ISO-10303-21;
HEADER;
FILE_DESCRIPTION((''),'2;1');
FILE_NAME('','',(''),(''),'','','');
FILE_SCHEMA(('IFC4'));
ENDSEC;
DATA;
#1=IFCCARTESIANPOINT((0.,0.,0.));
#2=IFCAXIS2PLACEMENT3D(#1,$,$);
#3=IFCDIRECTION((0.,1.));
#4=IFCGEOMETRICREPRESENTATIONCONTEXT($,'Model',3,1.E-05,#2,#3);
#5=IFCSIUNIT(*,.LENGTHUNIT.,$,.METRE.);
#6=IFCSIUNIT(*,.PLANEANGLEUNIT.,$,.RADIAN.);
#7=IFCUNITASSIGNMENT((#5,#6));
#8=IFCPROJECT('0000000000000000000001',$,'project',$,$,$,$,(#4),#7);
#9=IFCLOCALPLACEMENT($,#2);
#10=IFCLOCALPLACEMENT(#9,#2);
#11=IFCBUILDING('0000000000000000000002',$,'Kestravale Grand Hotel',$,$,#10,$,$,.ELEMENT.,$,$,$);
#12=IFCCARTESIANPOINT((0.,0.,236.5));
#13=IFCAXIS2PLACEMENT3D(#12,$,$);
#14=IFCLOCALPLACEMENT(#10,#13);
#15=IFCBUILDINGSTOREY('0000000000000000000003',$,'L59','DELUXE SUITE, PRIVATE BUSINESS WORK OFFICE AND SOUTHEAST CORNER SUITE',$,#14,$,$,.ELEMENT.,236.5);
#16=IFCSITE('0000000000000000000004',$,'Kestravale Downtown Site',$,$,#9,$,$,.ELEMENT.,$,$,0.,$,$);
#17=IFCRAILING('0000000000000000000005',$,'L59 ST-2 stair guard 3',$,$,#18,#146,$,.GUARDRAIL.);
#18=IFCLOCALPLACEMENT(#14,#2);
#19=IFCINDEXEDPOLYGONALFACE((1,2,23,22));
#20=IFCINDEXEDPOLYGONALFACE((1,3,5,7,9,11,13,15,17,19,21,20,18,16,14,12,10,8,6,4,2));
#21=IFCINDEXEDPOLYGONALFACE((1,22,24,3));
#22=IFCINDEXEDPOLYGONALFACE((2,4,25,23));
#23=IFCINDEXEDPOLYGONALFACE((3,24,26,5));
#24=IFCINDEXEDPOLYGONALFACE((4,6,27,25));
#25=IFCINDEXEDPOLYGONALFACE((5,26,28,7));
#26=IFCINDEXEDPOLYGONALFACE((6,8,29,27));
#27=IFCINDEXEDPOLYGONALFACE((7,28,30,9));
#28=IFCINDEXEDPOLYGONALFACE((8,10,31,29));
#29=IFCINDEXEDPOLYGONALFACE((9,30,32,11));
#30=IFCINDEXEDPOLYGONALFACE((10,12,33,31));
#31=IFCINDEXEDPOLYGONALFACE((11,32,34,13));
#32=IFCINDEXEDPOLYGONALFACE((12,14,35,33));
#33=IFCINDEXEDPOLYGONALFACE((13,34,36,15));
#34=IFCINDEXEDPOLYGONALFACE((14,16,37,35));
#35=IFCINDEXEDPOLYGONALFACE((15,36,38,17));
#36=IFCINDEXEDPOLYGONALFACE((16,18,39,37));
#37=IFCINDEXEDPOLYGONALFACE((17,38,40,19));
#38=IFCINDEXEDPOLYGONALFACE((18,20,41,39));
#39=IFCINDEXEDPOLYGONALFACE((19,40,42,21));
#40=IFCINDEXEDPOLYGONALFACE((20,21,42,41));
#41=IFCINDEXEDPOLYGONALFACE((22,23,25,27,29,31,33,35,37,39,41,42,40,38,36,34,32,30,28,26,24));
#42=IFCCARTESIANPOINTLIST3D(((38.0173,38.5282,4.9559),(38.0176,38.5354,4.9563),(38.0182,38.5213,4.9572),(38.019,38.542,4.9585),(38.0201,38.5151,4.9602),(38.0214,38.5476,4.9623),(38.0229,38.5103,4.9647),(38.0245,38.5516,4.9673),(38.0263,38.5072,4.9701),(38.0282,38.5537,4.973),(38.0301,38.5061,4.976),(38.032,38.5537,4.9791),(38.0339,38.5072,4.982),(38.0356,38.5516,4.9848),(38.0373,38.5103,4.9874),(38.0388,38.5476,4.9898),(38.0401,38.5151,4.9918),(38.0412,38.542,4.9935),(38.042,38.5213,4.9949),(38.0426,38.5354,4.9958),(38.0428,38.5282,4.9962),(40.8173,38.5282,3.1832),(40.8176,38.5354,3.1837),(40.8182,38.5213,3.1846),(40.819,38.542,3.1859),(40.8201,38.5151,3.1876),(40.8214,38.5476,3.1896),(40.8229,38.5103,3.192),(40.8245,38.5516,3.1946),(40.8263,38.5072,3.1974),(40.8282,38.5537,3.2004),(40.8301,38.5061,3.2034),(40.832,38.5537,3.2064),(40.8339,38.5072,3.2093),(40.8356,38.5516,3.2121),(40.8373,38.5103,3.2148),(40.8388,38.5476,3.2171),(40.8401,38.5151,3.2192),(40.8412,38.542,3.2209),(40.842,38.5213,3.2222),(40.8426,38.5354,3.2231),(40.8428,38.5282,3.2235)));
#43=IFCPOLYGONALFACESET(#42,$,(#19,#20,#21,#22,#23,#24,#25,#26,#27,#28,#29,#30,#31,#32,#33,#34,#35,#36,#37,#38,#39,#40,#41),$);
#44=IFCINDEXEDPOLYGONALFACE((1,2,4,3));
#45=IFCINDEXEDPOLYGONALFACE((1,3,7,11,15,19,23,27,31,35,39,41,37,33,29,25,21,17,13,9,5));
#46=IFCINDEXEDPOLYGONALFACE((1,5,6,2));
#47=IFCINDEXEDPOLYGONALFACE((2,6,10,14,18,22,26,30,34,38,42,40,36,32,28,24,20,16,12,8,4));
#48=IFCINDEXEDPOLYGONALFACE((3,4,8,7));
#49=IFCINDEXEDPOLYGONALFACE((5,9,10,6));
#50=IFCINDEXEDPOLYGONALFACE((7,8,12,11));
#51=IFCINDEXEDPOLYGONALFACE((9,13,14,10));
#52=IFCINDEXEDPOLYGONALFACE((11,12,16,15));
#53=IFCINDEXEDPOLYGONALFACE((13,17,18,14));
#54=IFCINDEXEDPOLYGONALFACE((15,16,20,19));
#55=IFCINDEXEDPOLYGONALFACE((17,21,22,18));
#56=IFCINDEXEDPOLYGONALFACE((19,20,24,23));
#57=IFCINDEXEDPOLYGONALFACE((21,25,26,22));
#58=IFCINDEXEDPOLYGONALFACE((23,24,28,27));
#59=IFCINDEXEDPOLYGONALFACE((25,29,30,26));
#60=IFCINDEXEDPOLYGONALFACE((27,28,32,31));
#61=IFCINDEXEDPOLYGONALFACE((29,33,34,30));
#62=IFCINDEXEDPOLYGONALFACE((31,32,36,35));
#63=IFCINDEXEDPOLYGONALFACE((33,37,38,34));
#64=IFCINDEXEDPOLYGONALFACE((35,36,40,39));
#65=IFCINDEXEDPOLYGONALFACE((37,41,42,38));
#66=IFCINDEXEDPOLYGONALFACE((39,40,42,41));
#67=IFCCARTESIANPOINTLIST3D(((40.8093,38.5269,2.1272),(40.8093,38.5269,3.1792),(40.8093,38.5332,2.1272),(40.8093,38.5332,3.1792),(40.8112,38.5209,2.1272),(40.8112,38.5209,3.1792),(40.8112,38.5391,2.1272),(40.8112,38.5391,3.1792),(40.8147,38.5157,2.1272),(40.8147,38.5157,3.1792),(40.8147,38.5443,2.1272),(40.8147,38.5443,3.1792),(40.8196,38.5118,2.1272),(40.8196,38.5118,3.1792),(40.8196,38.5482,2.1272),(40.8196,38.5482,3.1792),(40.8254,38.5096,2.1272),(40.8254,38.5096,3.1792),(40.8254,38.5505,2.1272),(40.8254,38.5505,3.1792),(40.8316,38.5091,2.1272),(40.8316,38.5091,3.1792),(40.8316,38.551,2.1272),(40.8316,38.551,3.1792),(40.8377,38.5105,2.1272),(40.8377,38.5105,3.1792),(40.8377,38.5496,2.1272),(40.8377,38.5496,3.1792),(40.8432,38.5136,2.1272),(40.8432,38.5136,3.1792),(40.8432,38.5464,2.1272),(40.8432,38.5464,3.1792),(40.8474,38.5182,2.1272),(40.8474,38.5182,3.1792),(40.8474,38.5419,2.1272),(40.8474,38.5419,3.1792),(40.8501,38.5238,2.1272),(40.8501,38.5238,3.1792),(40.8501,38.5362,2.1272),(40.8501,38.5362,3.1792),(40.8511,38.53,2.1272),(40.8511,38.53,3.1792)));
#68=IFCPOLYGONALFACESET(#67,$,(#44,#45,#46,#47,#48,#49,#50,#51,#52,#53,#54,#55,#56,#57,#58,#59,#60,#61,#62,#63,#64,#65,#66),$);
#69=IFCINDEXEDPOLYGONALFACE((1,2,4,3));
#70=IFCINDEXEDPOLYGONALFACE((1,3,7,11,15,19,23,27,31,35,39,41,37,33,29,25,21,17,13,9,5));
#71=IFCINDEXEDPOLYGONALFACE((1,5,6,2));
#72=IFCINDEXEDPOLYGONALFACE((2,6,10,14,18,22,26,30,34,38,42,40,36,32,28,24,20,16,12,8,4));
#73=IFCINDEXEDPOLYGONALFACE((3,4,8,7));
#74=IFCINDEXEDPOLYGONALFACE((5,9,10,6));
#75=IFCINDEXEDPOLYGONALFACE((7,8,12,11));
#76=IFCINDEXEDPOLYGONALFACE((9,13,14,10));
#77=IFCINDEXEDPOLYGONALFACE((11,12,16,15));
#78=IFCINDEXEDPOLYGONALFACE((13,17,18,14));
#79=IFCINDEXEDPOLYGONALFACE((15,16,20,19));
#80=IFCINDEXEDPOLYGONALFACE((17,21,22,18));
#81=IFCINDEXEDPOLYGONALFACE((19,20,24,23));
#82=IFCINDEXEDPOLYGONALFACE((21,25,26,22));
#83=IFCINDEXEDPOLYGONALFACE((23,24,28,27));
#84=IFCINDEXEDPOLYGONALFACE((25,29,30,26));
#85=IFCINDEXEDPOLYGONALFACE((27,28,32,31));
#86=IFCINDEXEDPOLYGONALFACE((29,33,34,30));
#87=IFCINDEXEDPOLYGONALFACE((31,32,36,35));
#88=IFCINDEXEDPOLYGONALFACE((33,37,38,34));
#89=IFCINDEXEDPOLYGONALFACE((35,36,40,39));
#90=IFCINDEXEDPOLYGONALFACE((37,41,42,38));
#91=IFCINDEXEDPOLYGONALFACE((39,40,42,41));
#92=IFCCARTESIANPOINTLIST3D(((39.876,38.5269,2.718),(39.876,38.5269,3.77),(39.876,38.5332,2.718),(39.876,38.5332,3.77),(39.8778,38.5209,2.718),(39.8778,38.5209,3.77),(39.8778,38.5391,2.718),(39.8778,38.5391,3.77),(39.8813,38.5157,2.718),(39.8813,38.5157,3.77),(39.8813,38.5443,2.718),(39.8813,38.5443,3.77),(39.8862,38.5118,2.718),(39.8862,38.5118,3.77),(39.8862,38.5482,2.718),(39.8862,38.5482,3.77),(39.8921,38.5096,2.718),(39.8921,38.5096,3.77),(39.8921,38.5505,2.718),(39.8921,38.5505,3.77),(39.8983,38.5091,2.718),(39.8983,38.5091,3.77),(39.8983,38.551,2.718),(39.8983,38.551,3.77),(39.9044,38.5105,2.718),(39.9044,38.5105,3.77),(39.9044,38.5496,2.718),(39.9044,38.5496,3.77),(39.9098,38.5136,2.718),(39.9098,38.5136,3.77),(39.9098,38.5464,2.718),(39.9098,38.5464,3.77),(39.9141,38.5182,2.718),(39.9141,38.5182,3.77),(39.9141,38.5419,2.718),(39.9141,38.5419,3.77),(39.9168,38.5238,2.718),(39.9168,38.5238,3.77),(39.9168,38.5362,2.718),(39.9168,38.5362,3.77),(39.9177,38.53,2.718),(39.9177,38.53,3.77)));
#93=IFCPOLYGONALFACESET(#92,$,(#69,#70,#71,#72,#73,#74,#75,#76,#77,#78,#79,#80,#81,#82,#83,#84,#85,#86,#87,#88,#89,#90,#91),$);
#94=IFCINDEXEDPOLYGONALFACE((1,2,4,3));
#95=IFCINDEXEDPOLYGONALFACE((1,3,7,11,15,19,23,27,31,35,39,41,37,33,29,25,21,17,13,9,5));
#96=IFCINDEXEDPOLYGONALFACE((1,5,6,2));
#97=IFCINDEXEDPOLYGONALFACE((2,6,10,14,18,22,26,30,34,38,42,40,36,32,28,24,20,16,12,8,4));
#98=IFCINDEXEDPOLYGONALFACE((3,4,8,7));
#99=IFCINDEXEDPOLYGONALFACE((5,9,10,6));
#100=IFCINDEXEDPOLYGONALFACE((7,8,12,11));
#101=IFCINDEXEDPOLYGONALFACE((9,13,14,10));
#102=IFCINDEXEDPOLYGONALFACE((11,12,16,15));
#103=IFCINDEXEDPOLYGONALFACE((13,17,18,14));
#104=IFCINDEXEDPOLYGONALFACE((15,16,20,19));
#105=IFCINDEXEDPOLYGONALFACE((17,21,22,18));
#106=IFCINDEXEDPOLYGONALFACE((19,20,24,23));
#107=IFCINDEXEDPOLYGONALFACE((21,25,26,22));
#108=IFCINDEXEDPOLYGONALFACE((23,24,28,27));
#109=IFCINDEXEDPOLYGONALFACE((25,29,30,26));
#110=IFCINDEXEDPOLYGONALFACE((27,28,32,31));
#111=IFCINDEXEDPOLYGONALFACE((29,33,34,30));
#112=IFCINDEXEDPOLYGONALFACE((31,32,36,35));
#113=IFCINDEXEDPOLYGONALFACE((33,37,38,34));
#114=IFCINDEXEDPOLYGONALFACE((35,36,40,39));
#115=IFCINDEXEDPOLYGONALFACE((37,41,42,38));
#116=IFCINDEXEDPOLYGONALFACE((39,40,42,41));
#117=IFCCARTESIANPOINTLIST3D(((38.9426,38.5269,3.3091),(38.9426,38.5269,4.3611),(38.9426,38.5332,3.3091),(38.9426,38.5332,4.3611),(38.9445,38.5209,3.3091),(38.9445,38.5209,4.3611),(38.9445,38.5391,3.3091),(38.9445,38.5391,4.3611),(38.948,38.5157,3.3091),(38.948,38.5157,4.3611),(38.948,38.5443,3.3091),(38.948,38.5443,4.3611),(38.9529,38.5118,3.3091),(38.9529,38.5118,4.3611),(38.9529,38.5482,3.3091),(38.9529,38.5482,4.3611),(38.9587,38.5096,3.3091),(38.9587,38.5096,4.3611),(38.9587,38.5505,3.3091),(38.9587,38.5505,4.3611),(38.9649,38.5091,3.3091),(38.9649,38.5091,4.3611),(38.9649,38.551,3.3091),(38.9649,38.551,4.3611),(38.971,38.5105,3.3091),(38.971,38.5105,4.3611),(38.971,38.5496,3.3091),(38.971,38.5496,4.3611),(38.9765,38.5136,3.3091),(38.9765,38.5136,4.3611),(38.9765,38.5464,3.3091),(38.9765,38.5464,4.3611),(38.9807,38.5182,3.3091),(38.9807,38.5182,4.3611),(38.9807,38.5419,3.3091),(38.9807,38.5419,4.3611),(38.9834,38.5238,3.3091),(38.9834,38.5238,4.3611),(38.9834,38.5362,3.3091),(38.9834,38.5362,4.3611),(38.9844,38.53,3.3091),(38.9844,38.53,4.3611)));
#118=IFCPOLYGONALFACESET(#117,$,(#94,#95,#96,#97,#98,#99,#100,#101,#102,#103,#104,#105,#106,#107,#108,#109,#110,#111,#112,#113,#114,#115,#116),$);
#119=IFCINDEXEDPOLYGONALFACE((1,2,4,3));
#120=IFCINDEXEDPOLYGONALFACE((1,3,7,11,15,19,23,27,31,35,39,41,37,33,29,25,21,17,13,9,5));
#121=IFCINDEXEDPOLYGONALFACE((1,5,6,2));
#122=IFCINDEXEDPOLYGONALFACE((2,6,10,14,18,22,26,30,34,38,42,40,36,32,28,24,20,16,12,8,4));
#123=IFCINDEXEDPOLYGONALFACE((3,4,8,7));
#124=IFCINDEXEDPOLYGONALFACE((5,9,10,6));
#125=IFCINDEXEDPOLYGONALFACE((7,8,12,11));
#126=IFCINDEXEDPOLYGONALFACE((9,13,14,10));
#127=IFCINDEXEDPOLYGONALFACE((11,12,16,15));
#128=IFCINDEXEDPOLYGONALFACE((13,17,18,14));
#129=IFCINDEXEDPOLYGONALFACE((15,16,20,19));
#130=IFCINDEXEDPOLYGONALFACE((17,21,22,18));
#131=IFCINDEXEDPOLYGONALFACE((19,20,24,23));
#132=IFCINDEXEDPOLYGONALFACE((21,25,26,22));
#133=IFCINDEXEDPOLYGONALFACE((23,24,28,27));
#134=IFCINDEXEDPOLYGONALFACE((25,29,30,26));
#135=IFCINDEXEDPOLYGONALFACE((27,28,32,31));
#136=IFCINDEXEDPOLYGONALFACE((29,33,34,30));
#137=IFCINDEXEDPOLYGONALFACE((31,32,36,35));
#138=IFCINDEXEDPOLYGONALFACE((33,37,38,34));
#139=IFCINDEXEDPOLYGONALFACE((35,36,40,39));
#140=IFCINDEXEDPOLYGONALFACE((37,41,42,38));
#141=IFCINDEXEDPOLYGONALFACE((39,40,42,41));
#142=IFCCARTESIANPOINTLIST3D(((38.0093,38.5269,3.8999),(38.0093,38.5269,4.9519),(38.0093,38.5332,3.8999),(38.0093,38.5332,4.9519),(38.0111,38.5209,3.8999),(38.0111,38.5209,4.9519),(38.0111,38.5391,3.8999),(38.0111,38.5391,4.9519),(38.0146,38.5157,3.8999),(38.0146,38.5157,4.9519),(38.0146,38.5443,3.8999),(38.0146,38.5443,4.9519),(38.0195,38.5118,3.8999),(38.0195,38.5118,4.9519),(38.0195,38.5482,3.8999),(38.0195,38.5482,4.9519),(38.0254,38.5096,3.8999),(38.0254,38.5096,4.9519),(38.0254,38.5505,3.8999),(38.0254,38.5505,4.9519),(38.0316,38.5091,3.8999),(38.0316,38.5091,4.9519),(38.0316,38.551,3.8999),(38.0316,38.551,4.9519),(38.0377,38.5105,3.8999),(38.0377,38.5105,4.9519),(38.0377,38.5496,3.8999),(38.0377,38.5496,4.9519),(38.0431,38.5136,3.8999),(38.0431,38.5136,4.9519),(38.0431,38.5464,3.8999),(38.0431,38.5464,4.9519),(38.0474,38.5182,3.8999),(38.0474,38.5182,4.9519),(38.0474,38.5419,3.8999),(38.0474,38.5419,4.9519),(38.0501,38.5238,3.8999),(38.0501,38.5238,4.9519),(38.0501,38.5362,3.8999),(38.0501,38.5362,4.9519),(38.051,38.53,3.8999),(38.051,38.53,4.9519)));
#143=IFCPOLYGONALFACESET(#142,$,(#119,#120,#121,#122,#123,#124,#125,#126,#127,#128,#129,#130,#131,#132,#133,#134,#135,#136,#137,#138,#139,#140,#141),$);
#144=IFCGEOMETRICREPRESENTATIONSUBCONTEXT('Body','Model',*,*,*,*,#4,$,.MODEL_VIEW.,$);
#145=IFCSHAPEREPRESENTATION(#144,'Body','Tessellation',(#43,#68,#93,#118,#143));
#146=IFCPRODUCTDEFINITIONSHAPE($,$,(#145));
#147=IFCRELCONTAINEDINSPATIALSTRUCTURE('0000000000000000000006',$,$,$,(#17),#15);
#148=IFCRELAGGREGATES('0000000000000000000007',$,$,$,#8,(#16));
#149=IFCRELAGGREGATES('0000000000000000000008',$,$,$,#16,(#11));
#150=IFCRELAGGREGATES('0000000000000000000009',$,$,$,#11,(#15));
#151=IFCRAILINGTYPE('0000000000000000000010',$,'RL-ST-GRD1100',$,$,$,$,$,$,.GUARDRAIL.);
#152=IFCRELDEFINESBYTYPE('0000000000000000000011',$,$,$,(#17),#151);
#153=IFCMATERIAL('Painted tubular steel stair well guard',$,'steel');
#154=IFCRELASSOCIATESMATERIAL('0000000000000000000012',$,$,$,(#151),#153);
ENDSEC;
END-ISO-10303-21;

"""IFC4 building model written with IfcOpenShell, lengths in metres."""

from ifc_helpers import new_model, si_unit, direction, frame, origin, origin_2d, place, context, subcontext, project, spatial, circle, extrude, material, type_object, element, save


model = new_model("IFC4")

# Units and contexts
model_context = context("Model", 3, precision=1e-05, world=origin(), true_north=direction((0.0, 1.0)))
body_context = subcontext(model_context, "Body", "Model", "MODEL_VIEW")
ifc_project = project(units=[si_unit("LENGTHUNIT", "METRE"), si_unit("PLANEANGLEUNIT", "RADIAN")], contexts=[model_context])

# Site, building, storey
site_placement = place(None, origin())
site = spatial("IfcSite", under=ifc_project, at=site_placement, Name="Kestravale Downtown Site", CompositionType="ELEMENT", RefElevation=0.0)
building_placement = place(site_placement, origin())
building = spatial("IfcBuilding", under=site, at=building_placement, Name="Kestravale Grand Hotel", CompositionType="ELEMENT")
storey_placement = place(building_placement, frame((0.0, 0.0, 236.5)))
storey = spatial("IfcBuildingStorey", under=building, at=storey_placement, Name="L59", Description="DELUXE SUITE, PRIVATE BUSINESS WORK OFFICE AND SOUTHEAST CORNER SUITE", CompositionType="ELEMENT", Elevation=236.5)

# Railing
ifc_material_1 = material(Name="Painted tubular steel stair well guard", Category="steel")
railing_type_1 = type_object("IfcRailingType", Name="RL-ST-GRD1100", PredefinedType="GUARDRAIL", material=ifc_material_1)
railing_1_placement = place(storey_placement, frame((40.8301, 38.53, 2.1272)))
element("IfcRailing", 1, at=railing_1_placement, inside=storey, type_object=railing_type_1, Name="L59 ST-2 stair guard 3", PredefinedType="GUARDRAIL", context=body_context, shape_type="SweptSolid", body=[
    extrude(circle(Radius=0.0239, at=origin_2d()), frame((0.0, 0.0, 1.0762), z_axis=(-0.844909, 0.0, 0.53491), x_axis=(0.0, -1.0, 0.0)), (0.0, 0.0, 1.0), 3.314),
    extrude(circle(Radius=0.021, at=origin_2d()), origin(), (0.0, 0.0, 1.0), 1.052),
    extrude(circle(Radius=0.021, at=origin_2d()), frame((-0.9333, 0.0, 0.5908)), (0.0, 0.0, 1.0), 1.052),
    extrude(circle(Radius=0.021, at=origin_2d()), frame((-1.8667, 0.0, 1.1819)), (0.0, 0.0, 1.0), 1.052),
    extrude(circle(Radius=0.021, at=origin_2d()), frame((-2.8, 0.0, 1.7727)), (0.0, 0.0, 1.0), 1.052),
])

save(model, "model.ifc")
